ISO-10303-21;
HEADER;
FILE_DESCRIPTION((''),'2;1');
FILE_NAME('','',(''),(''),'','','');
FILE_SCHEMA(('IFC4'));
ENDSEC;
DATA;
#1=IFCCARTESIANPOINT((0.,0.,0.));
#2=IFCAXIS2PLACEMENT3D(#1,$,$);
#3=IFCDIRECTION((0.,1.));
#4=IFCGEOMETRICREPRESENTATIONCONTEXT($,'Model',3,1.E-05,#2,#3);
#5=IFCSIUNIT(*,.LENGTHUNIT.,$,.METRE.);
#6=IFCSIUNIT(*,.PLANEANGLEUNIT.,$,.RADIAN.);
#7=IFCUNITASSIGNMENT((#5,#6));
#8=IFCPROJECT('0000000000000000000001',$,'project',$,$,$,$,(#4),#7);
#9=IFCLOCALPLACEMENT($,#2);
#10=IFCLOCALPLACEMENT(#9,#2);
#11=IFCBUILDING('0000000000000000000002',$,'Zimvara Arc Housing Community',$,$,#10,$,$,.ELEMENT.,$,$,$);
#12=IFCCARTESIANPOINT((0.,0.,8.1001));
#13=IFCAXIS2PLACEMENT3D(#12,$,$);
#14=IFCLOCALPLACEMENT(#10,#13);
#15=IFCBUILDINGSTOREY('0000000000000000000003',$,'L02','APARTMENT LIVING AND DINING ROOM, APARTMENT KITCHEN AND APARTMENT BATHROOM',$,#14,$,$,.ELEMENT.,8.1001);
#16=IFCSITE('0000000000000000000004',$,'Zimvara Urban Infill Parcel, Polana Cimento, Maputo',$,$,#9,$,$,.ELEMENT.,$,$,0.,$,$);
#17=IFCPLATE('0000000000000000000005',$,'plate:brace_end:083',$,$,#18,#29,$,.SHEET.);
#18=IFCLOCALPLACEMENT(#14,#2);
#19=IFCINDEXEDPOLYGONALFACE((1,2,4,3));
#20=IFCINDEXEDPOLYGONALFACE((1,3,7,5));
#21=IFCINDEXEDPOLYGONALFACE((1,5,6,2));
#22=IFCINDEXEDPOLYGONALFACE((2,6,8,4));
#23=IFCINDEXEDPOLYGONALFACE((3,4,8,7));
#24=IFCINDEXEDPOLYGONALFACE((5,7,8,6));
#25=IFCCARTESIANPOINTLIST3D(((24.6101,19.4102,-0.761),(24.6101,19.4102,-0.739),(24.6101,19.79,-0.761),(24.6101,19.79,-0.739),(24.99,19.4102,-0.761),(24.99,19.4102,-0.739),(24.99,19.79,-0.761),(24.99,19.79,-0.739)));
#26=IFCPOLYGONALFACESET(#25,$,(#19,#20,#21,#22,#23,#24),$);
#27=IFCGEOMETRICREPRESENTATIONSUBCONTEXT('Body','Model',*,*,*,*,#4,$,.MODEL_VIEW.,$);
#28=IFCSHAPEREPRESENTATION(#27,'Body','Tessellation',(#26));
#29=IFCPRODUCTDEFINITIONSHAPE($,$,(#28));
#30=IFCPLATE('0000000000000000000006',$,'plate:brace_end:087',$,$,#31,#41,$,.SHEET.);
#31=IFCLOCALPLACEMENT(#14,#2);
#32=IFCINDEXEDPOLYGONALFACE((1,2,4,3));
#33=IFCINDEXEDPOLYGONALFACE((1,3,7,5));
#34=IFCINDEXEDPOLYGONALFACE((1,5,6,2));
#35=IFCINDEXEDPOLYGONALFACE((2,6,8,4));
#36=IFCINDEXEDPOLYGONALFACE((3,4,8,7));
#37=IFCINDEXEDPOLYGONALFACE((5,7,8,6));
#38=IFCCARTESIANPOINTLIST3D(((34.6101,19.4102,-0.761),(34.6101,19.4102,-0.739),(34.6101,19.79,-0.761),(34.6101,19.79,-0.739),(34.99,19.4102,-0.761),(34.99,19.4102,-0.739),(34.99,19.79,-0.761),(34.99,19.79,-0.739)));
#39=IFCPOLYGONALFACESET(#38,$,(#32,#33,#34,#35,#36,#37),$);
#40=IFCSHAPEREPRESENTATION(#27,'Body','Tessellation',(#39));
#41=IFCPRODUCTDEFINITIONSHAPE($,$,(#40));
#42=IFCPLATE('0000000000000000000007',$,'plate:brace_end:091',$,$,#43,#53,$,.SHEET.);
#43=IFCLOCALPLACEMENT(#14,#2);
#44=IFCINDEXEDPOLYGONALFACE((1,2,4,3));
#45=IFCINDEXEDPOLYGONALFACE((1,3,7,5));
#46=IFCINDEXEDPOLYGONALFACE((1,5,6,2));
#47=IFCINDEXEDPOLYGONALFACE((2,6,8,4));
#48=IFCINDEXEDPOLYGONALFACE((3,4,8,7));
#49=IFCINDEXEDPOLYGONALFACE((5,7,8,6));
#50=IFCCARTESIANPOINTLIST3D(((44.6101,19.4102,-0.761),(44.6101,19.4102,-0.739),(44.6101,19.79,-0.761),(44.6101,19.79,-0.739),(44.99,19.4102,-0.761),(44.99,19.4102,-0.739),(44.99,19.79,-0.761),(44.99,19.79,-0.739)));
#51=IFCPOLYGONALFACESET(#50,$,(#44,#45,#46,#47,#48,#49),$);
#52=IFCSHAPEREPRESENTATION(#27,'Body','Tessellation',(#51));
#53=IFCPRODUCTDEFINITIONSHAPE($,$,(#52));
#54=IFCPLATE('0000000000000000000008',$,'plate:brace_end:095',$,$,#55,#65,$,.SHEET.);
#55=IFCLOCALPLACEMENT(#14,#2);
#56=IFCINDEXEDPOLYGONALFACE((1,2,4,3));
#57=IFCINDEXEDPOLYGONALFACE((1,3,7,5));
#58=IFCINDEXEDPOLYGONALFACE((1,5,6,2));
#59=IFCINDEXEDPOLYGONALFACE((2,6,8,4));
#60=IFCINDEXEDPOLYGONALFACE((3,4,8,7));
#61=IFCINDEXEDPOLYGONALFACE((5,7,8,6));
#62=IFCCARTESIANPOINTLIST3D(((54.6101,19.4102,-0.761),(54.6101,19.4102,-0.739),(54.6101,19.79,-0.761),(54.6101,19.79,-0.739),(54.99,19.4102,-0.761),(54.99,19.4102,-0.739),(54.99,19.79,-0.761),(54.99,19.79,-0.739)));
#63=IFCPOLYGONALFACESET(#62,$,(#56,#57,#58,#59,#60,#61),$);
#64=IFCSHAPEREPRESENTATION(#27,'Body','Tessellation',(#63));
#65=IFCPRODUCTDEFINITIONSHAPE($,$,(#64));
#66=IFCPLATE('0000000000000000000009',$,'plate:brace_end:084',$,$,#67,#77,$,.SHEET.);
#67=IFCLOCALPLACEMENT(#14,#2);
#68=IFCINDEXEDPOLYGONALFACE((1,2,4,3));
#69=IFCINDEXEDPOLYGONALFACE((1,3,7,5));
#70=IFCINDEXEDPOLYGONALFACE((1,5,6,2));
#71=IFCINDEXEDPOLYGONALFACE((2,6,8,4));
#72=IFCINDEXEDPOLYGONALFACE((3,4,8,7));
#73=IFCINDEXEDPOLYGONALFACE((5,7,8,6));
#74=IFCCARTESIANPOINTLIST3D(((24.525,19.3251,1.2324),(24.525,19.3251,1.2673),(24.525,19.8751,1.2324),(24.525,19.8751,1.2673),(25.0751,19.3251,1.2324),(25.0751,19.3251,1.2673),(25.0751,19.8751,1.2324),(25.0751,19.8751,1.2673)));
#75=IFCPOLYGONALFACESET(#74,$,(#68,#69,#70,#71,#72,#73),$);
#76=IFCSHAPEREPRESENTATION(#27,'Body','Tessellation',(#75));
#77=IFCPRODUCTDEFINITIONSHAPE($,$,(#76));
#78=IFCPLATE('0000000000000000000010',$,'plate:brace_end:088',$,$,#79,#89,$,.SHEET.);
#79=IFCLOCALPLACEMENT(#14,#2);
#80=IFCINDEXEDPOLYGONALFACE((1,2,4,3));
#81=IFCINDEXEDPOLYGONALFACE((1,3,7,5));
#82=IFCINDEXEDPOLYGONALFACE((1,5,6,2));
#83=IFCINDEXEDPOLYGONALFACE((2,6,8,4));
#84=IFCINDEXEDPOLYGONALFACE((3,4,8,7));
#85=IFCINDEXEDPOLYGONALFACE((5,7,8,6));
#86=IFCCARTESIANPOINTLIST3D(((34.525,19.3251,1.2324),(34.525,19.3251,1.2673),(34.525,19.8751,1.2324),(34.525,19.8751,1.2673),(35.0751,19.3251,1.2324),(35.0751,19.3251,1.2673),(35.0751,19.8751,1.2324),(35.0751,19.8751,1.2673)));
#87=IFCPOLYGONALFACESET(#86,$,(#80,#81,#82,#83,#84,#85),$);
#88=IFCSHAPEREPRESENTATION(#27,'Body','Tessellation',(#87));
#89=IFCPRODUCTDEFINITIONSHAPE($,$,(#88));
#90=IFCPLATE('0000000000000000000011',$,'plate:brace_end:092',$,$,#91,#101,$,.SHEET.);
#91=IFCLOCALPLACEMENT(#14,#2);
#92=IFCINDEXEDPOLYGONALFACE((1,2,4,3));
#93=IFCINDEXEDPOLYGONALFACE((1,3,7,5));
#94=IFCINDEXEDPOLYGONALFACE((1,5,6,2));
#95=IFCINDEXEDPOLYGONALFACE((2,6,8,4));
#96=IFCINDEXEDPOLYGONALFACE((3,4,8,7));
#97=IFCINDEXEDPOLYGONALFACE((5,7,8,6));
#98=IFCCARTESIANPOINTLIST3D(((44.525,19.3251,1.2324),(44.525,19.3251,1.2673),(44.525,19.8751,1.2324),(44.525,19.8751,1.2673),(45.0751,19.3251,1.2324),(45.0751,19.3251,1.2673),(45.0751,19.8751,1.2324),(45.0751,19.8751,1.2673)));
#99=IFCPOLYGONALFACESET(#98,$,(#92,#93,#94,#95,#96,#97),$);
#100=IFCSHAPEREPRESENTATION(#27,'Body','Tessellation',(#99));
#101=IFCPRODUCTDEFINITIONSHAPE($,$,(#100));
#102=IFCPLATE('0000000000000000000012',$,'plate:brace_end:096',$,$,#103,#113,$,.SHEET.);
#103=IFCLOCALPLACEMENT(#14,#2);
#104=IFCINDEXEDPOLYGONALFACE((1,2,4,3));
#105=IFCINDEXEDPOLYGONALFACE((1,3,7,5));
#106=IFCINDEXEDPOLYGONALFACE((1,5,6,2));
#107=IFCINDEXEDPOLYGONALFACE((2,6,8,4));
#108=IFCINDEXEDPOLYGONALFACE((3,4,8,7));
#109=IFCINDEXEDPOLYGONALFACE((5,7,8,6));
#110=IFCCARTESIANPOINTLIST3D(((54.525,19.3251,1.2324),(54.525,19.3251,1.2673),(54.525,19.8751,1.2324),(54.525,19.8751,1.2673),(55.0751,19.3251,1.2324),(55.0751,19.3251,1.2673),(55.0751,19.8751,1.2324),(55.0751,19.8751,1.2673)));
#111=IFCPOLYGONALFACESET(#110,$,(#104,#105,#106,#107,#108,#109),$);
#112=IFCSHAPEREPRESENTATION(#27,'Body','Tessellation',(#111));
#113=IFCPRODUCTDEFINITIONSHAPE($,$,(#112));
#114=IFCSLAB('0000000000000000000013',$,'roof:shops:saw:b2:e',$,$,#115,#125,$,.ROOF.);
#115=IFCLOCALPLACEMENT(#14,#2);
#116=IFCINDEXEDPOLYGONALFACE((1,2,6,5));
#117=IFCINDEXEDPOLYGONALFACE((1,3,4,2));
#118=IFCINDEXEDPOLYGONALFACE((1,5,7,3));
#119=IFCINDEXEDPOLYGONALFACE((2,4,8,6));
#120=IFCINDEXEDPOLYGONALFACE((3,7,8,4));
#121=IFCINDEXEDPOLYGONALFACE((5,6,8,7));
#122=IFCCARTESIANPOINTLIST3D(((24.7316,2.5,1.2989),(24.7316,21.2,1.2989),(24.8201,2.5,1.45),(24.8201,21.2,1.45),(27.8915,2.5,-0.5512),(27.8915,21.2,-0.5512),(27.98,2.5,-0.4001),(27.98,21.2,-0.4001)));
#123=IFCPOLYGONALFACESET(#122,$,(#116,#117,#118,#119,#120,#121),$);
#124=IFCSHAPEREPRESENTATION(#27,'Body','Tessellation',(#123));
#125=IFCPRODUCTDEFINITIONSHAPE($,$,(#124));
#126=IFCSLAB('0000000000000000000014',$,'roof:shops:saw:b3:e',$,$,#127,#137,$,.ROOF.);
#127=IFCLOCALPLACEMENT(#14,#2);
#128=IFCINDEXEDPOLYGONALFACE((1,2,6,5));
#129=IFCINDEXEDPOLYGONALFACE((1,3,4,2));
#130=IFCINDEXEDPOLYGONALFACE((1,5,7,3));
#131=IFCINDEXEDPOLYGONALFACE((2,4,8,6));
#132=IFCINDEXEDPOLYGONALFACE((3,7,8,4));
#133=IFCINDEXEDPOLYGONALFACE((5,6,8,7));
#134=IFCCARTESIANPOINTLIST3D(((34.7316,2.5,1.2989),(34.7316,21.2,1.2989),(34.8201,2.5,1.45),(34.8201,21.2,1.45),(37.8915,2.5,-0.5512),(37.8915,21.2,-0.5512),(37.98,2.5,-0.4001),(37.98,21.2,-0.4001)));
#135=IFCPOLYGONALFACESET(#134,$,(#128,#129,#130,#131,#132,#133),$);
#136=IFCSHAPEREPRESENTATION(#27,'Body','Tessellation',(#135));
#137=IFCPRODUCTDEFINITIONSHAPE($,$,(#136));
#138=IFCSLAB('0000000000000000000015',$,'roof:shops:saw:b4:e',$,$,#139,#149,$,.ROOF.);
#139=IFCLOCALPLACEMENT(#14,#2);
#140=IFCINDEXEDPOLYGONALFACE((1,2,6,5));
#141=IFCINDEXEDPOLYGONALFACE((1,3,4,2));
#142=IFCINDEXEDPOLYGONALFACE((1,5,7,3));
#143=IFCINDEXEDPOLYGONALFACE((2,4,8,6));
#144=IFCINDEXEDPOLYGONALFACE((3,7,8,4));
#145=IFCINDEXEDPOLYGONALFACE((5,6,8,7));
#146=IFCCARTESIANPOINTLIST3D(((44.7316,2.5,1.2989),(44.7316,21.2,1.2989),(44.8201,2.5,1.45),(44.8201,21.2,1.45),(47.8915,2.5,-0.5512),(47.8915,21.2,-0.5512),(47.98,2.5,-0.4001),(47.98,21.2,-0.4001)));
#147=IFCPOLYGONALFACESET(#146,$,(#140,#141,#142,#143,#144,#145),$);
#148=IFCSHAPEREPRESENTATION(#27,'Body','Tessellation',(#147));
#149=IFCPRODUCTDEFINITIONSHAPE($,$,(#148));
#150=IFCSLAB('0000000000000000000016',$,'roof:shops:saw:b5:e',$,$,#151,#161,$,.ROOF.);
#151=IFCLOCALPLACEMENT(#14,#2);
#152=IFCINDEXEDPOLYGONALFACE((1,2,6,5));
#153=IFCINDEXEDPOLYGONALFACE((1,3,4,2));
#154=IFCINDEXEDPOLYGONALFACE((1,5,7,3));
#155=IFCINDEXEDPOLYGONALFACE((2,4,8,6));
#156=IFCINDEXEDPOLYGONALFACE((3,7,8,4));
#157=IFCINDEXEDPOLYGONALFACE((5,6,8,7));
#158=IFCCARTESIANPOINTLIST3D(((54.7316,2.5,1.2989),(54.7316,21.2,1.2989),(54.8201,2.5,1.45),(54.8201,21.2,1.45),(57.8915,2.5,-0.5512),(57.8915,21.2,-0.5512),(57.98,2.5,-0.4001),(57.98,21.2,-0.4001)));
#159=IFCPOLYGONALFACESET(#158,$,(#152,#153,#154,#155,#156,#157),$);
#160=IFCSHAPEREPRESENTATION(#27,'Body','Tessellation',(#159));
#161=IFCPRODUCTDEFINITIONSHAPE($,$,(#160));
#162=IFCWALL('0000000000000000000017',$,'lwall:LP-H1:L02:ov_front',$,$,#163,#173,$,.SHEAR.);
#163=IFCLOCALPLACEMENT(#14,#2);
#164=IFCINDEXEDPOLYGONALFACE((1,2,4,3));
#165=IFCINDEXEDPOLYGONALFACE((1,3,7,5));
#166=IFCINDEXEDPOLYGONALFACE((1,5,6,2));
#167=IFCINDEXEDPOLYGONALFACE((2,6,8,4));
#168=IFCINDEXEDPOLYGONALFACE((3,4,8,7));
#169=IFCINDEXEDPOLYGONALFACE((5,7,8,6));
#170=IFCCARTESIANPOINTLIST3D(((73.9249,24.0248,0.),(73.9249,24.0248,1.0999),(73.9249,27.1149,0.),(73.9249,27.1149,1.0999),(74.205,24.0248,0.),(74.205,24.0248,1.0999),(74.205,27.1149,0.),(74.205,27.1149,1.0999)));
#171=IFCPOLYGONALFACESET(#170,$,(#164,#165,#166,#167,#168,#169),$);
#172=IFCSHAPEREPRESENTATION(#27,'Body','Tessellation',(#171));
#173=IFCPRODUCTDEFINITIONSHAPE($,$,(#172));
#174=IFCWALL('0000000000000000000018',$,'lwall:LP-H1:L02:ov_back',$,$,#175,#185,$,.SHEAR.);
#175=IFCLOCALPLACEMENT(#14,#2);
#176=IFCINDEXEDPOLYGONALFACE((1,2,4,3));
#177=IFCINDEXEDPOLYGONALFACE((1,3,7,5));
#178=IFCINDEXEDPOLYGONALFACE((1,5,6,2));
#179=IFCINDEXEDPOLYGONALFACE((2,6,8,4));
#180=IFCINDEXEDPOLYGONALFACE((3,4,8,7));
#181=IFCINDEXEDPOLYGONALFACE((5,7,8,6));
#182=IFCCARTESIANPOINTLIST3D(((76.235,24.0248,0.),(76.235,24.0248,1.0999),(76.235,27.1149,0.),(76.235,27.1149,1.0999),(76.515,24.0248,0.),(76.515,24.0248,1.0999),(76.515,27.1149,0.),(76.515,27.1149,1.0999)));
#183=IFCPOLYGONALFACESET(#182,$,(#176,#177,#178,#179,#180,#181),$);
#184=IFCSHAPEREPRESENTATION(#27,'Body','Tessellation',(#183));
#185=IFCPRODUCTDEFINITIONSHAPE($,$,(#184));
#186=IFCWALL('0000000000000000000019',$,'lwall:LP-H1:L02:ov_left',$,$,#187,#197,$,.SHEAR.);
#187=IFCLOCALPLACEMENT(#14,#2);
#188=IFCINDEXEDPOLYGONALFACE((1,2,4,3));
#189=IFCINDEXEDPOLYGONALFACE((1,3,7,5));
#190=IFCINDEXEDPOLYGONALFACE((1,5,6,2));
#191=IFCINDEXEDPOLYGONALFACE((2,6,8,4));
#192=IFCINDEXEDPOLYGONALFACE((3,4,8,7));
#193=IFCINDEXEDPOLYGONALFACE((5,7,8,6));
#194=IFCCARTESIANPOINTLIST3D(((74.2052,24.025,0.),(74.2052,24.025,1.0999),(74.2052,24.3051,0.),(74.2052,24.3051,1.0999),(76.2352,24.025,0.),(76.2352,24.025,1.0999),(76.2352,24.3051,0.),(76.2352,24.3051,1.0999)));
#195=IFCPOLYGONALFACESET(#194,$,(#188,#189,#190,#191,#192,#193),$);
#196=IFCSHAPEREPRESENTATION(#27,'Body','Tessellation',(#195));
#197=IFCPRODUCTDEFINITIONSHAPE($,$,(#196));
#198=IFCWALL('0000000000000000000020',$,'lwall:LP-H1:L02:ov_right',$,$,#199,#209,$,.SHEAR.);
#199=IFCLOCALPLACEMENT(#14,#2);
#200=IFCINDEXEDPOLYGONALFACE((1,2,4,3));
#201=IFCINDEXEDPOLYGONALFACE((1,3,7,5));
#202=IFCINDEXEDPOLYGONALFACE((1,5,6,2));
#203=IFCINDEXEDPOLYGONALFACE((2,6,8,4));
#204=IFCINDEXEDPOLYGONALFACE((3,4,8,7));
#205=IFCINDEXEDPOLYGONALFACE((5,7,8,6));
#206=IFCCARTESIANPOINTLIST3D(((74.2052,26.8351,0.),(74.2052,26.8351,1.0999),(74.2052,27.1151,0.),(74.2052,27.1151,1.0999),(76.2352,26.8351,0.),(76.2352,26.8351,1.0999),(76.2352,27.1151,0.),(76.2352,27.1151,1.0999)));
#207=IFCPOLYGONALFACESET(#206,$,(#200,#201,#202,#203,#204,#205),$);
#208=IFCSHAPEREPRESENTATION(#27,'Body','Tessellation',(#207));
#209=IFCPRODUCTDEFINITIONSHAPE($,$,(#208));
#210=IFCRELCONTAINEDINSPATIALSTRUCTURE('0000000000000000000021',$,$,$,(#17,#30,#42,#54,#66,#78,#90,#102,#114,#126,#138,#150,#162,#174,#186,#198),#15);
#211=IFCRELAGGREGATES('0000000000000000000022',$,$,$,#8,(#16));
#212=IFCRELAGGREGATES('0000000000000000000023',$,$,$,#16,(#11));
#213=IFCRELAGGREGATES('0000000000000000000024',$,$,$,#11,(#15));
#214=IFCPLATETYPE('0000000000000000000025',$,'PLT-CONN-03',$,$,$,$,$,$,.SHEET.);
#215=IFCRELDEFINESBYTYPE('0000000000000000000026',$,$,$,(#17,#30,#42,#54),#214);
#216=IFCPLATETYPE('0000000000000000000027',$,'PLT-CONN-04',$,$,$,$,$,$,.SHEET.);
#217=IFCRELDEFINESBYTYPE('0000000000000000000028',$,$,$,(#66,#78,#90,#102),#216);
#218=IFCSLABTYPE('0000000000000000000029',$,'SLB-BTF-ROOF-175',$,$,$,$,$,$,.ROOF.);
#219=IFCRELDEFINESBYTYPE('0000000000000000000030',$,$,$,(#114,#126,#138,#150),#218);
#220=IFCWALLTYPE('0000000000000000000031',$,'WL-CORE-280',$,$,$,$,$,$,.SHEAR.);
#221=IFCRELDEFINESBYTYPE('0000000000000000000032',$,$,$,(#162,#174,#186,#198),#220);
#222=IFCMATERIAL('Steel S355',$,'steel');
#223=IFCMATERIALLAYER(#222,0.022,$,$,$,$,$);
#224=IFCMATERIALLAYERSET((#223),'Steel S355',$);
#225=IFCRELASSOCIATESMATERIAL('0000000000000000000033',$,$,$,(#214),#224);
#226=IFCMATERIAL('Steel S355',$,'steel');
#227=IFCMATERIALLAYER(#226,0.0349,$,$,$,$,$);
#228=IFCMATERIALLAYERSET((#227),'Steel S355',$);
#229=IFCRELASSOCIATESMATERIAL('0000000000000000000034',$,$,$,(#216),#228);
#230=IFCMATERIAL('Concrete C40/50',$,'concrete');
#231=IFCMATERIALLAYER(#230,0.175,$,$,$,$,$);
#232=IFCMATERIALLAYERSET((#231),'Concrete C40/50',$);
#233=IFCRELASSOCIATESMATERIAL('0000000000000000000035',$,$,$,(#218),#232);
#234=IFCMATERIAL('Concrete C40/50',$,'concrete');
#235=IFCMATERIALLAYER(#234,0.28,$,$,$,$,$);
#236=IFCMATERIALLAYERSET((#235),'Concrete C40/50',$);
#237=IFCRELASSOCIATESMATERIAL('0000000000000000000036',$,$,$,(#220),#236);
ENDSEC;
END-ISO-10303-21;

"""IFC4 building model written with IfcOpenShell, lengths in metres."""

from ifc_helpers import new_model, si_unit, direction, frame, frame_2d, origin, origin_2d, place, context, subcontext, project, spatial, polyline, rectangle, outline, extrude, material, layer, layer_set, type_object, element, save


model = new_model("IFC4")

# Units and contexts
model_context = context("Model", 3, precision=1e-05, world=origin(), true_north=direction((0.0, 1.0)))
body_context = subcontext(model_context, "Body", "Model", "MODEL_VIEW")
ifc_project = project(units=[si_unit("LENGTHUNIT", "METRE"), si_unit("PLANEANGLEUNIT", "RADIAN")], contexts=[model_context])

# Site, building, storey
site_placement = place(None, origin())
site = spatial("IfcSite", under=ifc_project, at=site_placement, Name="Zimvara Urban Infill Parcel, Polana Cimento, Maputo", CompositionType="ELEMENT", RefElevation=0.0)
building_placement = place(site_placement, origin())
building = spatial("IfcBuilding", under=site, at=building_placement, Name="Zimvara Arc Housing Community", CompositionType="ELEMENT")
storey_placement = place(building_placement, frame((0.0, 0.0, 8.1001)))
storey = spatial("IfcBuildingStorey", under=building, at=storey_placement, Name="L02", Description="APARTMENT LIVING AND DINING ROOM, APARTMENT KITCHEN AND APARTMENT BATHROOM", CompositionType="ELEMENT", Elevation=8.1001)

# Plates
ifc_material_1 = material(Name="Steel S355", Category="steel")
ifc_layer_1 = layer(ifc_material_1, 0.022)
ifc_layer_set_1 = layer_set([ifc_layer_1], Name="Steel S355")
plate_type_1 = type_object("IfcPlateType", Name="PLT-CONN-03", PredefinedType="SHEET", material=ifc_layer_set_1)
for number, where, z_axis, x_axis, name in (
    (1, (24.8, 19.6001, -0.761), (0.0, 0.0, 1.0), (1.0, 0.0, 0.0), "plate:brace_end:083"),
    (2, (34.8, 19.6001, -0.761), (0.0, 0.0, 1.0), (1.0, 0.0, 0.0), "plate:brace_end:087"),
    (3, (44.8, 19.6001, -0.761), (0.0, 0.0, 1.0), (1.0, 0.0, 0.0), "plate:brace_end:091"),
    (4, (54.8, 19.6001, -0.761), (0.0, 0.0, 1.0), (1.0, 0.0, 0.0), "plate:brace_end:095"),
):
    element("IfcPlate", number, at=place(storey_placement, frame(where, z_axis=z_axis, x_axis=x_axis)), inside=storey, type_object=plate_type_1, Name=name, PredefinedType="SHEET", context=body_context, shape_type="SweptSolid", body=[
        extrude(rectangle(XDim=0.3799, YDim=0.3799, at=origin_2d()), origin(), (0.0, 0.0, 1.0), 0.022),
    ])
ifc_material_2 = material(Name="Steel S355", Category="steel")
ifc_layer_2 = layer(ifc_material_2, 0.0349)
ifc_layer_set_2 = layer_set([ifc_layer_2], Name="Steel S355")
plate_type_2 = type_object("IfcPlateType", Name="PLT-CONN-04", PredefinedType="SHEET", material=ifc_layer_set_2)
for number, where, z_axis, x_axis, name in (
    (5, (24.8, 19.6001, 1.2324), (0.0, 0.0, 1.0), (1.0, 0.0, 0.0), "plate:brace_end:084"),
    (6, (34.8, 19.6001, 1.2324), (0.0, 0.0, 1.0), (1.0, 0.0, 0.0), "plate:brace_end:088"),
    (7, (44.8, 19.6001, 1.2324), (0.0, 0.0, 1.0), (1.0, 0.0, 0.0), "plate:brace_end:092"),
    (8, (54.8, 19.6001, 1.2324), (0.0, 0.0, 1.0), (1.0, 0.0, 0.0), "plate:brace_end:096"),
):
    element("IfcPlate", number, at=place(storey_placement, frame(where, z_axis=z_axis, x_axis=x_axis)), inside=storey, type_object=plate_type_2, Name=name, PredefinedType="SHEET", context=body_context, shape_type="SweptSolid", body=[
        extrude(rectangle(XDim=0.55, YDim=0.55, at=origin_2d()), origin(), (0.0, 0.0, 1.0), 0.0349),
    ])

# Slabs
ifc_material_3 = material(Name="Concrete C40/50", Category="concrete")
ifc_layer_3 = layer(ifc_material_3, 0.175)
ifc_layer_set_3 = layer_set([ifc_layer_3], Name="Concrete C40/50")
slab_type = type_object("IfcSlabType", Name="SLB-BTF-ROOF-175", PredefinedType="ROOF", material=ifc_layer_set_3)
for number, where, z_axis, x_axis, name in (
    (9, (24.8201, 21.2, 1.45), (0.505259, 0.0, 0.862968), (0.862968, 0.0, -0.505259), "roof:shops:saw:b2:e"),
    (10, (34.8201, 21.2, 1.45), (0.505259, 0.0, 0.862968), (0.862968, 0.0, -0.505259), "roof:shops:saw:b3:e"),
    (11, (44.8201, 21.2, 1.45), (0.505259, 0.0, 0.862968), (0.862968, 0.0, -0.505259), "roof:shops:saw:b4:e"),
    (12, (54.8201, 21.2, 1.45), (0.505259, 0.0, 0.862968), (0.862968, 0.0, -0.505259), "roof:shops:saw:b5:e"),
):
    element("IfcSlab", number, at=place(storey_placement, frame(where, z_axis=z_axis, x_axis=x_axis)), inside=storey, type_object=slab_type, Name=name, PredefinedType="ROOF", context=body_context, shape_type="SweptSolid", body=[
        extrude(outline(polyline([(0.0, 0.0), (3.6617, 0.0), (3.6617, -18.7), (0.0, -18.7), (0.0, 0.0)])), origin(), (0.0, 0.0, -1.0), 0.175),
    ])

# Walls
ifc_material_4 = material(Name="Concrete C40/50", Category="concrete")
ifc_layer_4 = layer(ifc_material_4, 0.28)
ifc_layer_set_4 = layer_set([ifc_layer_4], Name="Concrete C40/50")
wall_type = type_object("IfcWallType", Name="WL-CORE-280", PredefinedType="SHEAR", material=ifc_layer_set_4)
for number, where, z_axis, x_axis, name in (
    (13, (74.0649, 24.0249, 0.0), (0.0, 0.0, 1.0), (0.0, 1.0, 0.0), "lwall:LP-H1:L02:ov_front"),
    (14, (76.375, 24.0249, 0.0), (0.0, 0.0, 1.0), (0.0, 1.0, 0.0), "lwall:LP-H1:L02:ov_back"),
):
    element("IfcWall", number, at=place(storey_placement, frame(where, z_axis=z_axis, x_axis=x_axis)), inside=storey, type_object=wall_type, Name=name, PredefinedType="SHEAR", context=body_context, shape_type="SweptSolid", body=[
        extrude(rectangle(XDim=3.0901, YDim=0.28, at=frame_2d((1.5449, 0.0))), origin(), (0.0, 0.0, 1.0), 1.0999),
    ])
for number, where, z_axis, x_axis, name in (
    (15, (74.2051, 24.165, 0.0), (0.0, 0.0, 1.0), (1.0, 0.0, 0.0), "lwall:LP-H1:L02:ov_left"),
    (16, (74.2051, 26.9751, 0.0), (0.0, 0.0, 1.0), (1.0, 0.0, 0.0), "lwall:LP-H1:L02:ov_right"),
):
    element("IfcWall", number, at=place(storey_placement, frame(where, z_axis=z_axis, x_axis=x_axis)), inside=storey, type_object=wall_type, Name=name, PredefinedType="SHEAR", context=body_context, shape_type="SweptSolid", body=[
        extrude(rectangle(XDim=2.03, YDim=0.28, at=frame_2d((1.0151, 0.0))), origin(), (0.0, 0.0, 1.0), 1.0999),
    ])

save(model, "model.ifc")
